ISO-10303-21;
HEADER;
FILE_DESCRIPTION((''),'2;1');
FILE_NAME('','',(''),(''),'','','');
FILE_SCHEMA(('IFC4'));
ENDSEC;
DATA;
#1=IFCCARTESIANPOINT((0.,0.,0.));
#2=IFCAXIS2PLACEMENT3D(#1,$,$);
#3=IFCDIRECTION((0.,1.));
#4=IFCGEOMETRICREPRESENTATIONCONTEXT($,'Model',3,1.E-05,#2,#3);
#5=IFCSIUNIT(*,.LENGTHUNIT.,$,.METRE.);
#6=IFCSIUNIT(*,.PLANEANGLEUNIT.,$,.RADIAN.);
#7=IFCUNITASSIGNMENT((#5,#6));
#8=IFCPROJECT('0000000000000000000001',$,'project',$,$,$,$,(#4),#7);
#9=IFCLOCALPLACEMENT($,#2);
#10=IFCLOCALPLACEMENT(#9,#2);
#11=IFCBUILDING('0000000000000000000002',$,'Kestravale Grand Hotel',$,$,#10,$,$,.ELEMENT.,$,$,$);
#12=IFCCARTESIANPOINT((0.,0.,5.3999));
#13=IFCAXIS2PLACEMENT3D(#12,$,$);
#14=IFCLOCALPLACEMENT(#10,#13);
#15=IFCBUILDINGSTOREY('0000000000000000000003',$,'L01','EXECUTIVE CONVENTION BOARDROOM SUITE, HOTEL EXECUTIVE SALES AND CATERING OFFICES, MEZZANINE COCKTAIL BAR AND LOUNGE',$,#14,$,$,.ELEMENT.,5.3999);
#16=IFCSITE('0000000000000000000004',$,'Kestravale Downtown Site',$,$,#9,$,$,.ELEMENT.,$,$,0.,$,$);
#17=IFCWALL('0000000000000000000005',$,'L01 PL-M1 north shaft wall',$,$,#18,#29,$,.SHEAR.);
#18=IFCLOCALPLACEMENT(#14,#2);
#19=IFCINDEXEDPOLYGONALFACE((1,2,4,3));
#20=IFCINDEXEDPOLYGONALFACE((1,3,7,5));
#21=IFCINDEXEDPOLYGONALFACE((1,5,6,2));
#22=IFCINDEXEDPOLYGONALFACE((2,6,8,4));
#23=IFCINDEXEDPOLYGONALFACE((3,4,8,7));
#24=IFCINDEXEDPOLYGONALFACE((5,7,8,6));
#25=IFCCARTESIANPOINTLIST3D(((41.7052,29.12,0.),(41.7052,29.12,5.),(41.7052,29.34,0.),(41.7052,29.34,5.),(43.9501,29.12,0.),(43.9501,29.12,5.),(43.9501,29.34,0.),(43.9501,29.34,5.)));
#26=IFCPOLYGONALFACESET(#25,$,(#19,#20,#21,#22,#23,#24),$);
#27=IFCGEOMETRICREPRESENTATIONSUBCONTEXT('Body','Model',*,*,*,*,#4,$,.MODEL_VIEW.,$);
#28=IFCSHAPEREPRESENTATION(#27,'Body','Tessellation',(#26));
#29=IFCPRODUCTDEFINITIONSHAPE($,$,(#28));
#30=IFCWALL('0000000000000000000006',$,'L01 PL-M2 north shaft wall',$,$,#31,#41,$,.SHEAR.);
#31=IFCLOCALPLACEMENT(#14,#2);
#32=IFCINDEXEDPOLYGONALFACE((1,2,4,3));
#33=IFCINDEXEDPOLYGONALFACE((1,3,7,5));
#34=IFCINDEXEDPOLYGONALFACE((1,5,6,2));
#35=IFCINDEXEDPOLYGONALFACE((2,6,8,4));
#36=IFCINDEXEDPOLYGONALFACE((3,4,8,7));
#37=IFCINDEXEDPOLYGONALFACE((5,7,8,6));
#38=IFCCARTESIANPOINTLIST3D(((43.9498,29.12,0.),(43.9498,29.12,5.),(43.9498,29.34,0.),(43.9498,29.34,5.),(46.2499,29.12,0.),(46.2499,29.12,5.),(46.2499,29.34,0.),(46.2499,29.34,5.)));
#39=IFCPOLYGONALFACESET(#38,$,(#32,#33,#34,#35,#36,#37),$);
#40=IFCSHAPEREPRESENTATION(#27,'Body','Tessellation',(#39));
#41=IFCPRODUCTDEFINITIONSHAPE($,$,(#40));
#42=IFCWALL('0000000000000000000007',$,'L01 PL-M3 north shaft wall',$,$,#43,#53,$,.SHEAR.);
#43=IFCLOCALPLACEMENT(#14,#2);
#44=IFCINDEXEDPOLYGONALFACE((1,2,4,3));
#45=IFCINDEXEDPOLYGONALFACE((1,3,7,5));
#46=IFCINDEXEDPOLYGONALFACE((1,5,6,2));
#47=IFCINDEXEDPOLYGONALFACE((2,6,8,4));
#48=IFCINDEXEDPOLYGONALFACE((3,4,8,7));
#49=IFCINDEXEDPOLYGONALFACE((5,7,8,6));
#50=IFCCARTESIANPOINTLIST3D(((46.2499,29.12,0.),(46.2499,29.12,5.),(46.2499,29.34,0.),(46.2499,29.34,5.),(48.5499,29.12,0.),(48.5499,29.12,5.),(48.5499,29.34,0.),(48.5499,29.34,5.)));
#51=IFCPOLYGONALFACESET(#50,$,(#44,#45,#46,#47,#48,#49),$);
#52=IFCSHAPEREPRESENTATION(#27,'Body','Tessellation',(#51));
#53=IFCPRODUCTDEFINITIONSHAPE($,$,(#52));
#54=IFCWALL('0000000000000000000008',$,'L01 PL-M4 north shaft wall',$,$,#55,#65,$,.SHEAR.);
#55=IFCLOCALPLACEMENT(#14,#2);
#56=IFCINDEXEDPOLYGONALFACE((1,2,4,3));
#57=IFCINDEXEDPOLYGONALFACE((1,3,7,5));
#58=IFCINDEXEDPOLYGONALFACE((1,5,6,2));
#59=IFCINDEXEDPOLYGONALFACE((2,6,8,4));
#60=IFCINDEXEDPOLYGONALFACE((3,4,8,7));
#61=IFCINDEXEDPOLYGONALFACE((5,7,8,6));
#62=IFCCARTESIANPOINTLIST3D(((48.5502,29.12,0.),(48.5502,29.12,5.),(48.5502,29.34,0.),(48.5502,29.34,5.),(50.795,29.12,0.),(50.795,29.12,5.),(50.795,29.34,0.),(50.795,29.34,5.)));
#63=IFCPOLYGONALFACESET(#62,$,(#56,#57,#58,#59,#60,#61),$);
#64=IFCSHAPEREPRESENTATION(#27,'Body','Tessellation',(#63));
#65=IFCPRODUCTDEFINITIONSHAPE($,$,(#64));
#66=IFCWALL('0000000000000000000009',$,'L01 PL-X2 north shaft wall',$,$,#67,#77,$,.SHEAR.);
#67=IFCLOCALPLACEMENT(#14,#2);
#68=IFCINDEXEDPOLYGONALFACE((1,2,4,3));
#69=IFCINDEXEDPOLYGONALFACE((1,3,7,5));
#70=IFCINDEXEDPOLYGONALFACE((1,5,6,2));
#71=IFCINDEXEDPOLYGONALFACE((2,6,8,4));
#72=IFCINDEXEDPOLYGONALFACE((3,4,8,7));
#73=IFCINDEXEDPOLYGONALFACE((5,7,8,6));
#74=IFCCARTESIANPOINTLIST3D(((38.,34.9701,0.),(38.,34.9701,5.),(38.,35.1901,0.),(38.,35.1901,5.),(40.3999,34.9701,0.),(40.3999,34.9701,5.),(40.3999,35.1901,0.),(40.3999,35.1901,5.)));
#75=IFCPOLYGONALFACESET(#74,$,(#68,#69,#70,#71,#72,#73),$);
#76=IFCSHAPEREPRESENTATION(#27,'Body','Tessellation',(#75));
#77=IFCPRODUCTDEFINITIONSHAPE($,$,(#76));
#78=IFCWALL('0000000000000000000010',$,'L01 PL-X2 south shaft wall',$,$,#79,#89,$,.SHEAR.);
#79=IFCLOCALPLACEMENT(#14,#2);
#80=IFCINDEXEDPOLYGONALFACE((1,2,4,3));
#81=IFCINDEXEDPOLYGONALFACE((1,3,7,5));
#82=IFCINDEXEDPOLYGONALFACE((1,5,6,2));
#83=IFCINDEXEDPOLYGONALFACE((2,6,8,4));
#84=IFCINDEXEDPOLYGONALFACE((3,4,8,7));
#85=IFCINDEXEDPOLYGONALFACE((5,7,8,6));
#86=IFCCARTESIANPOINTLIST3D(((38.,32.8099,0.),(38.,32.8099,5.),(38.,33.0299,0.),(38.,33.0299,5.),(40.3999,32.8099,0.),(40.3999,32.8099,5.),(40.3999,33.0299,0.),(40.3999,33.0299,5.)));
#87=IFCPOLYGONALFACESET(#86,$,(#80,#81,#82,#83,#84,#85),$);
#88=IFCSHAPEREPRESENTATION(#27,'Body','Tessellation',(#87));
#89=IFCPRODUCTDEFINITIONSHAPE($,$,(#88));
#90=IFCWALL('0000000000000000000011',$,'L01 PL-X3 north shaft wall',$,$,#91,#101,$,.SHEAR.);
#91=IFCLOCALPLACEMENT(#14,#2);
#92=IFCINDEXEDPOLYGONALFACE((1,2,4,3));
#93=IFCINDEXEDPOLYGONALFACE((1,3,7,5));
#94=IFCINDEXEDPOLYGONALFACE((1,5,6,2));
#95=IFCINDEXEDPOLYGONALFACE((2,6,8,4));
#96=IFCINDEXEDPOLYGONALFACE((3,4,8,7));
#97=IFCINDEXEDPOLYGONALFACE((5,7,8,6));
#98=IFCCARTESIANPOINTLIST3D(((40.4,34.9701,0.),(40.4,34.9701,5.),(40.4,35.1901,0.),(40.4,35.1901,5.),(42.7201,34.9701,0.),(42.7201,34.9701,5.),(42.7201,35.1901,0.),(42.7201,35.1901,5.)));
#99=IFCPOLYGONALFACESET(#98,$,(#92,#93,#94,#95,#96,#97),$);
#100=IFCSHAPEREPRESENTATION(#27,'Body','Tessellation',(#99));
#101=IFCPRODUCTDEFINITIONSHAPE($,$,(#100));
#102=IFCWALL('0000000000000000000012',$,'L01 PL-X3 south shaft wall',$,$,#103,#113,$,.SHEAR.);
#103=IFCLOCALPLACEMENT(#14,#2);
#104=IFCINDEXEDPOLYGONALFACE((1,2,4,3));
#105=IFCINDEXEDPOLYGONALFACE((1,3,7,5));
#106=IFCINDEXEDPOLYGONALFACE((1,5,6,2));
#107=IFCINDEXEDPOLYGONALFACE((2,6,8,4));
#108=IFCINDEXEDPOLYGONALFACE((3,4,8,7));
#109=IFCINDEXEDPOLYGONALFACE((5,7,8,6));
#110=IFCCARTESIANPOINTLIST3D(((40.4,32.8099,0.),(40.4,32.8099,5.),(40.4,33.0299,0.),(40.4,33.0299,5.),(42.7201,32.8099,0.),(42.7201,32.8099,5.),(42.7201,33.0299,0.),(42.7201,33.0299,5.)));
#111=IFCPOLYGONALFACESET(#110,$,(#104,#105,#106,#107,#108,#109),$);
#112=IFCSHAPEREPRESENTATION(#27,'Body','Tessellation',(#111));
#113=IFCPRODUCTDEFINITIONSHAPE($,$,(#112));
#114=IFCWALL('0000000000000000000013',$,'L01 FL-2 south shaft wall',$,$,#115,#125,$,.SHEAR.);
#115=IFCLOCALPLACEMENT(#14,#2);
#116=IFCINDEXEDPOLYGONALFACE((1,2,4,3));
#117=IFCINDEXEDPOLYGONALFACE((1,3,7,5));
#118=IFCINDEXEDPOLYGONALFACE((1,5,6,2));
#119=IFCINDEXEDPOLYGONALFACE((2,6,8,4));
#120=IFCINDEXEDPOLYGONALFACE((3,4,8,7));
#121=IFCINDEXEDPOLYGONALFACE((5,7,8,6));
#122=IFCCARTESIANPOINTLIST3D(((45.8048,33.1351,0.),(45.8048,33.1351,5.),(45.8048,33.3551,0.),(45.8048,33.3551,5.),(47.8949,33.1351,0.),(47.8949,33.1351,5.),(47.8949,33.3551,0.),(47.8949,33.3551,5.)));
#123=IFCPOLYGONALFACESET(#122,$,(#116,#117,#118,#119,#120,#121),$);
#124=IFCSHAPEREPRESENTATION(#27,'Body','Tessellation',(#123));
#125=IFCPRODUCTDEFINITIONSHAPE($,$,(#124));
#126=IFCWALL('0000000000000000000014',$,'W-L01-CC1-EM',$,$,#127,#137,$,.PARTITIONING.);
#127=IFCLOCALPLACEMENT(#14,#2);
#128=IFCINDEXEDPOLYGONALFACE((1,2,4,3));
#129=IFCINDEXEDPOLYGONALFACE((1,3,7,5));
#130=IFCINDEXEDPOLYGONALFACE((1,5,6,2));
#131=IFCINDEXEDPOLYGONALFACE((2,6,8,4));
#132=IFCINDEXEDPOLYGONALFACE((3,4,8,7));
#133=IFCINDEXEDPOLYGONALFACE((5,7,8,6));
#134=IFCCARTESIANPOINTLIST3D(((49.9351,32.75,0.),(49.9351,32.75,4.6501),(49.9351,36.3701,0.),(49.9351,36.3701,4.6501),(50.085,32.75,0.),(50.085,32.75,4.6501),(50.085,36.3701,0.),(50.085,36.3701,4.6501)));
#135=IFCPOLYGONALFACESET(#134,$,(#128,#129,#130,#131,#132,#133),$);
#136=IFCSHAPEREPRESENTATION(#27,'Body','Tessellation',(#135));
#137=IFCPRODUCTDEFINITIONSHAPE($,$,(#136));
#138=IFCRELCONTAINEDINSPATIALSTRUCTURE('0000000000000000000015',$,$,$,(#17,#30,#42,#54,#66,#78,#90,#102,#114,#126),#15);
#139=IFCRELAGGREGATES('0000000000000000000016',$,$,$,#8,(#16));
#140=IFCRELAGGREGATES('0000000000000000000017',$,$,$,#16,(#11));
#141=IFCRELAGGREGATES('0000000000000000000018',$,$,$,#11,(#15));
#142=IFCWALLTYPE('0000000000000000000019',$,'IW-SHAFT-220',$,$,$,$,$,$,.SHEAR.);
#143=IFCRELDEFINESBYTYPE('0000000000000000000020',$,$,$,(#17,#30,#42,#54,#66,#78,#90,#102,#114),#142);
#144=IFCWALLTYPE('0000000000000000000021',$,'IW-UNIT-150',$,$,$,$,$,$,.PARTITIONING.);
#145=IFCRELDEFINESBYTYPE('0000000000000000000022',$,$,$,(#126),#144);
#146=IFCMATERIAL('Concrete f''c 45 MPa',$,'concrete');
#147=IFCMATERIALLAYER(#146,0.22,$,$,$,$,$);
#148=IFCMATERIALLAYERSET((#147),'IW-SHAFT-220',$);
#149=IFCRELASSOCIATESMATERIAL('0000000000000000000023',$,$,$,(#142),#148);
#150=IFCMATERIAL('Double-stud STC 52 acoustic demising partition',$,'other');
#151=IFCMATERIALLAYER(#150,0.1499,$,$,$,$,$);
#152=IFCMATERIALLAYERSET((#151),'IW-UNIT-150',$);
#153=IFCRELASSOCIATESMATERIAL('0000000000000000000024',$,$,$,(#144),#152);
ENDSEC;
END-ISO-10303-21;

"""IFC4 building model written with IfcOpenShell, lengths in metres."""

from ifc_helpers import new_model, si_unit, direction, frame, frame_2d, origin, place, context, subcontext, project, spatial, rectangle, extrude, material, layer, layer_set, type_object, element, save


model = new_model("IFC4")

# Units and contexts
model_context = context("Model", 3, precision=1e-05, world=origin(), true_north=direction((0.0, 1.0)))
body_context = subcontext(model_context, "Body", "Model", "MODEL_VIEW")
ifc_project = project(units=[si_unit("LENGTHUNIT", "METRE"), si_unit("PLANEANGLEUNIT", "RADIAN")], contexts=[model_context])

# Site, building, storey
site_placement = place(None, origin())
site = spatial("IfcSite", under=ifc_project, at=site_placement, Name="Kestravale Downtown Site", CompositionType="ELEMENT", RefElevation=0.0)
building_placement = place(site_placement, origin())
building = spatial("IfcBuilding", under=site, at=building_placement, Name="Kestravale Grand Hotel", CompositionType="ELEMENT")
storey_placement = place(building_placement, frame((0.0, 0.0, 5.3999)))
storey = spatial("IfcBuildingStorey", under=building, at=storey_placement, Name="L01", Description="EXECUTIVE CONVENTION BOARDROOM SUITE, HOTEL EXECUTIVE SALES AND CATERING OFFICES, MEZZANINE COCKTAIL BAR AND LOUNGE", CompositionType="ELEMENT", Elevation=5.3999)

# Walls
ifc_material_1 = material(Name="Concrete f'c 45 MPa", Category="concrete")
ifc_layer_1 = layer(ifc_material_1, 0.22)
ifc_layer_set_1 = layer_set([ifc_layer_1], Name="IW-SHAFT-220")
wall_type_1 = type_object("IfcWallType", Name="IW-SHAFT-220", PredefinedType="SHEAR", material=ifc_layer_set_1)
wall_1_placement = place(storey_placement, frame((41.7051, 29.23, 0.0), z_axis=(0.0, 0.0, 1.0), x_axis=(1.0, 0.0, 0.0)))
element("IfcWall", 1, at=wall_1_placement, inside=storey, type_object=wall_type_1, Name="L01 PL-M1 north shaft wall", PredefinedType="SHEAR", context=body_context, shape_type="SweptSolid", body=[
    extrude(rectangle(XDim=2.2449, YDim=0.22, at=frame_2d((1.1226, 0.0))), origin(), (0.0, 0.0, 1.0), 5.0),
])
for number, where, z_axis, x_axis, name in (
    (2, (43.95, 29.23, 0.0), (0.0, 0.0, 1.0), (1.0, 0.0, 0.0), "L01 PL-M2 north shaft wall"),
    (3, (46.25, 29.23, 0.0), (0.0, 0.0, 1.0), (1.0, 0.0, 0.0), "L01 PL-M3 north shaft wall"),
):
    element("IfcWall", number, at=place(storey_placement, frame(where, z_axis=z_axis, x_axis=x_axis)), inside=storey, type_object=wall_type_1, Name=name, PredefinedType="SHEAR", context=body_context, shape_type="SweptSolid", body=[
        extrude(rectangle(XDim=2.3, YDim=0.22, at=frame_2d((1.1499, 0.0))), origin(), (0.0, 0.0, 1.0), 5.0),
    ])
wall_2_placement = place(storey_placement, frame((48.55, 29.23, 0.0), z_axis=(0.0, 0.0, 1.0), x_axis=(1.0, 0.0, 0.0)))
element("IfcWall", 4, at=wall_2_placement, inside=storey, type_object=wall_type_1, Name="L01 PL-M4 north shaft wall", PredefinedType="SHEAR", context=body_context, shape_type="SweptSolid", body=[
    extrude(rectangle(XDim=2.2449, YDim=0.22, at=frame_2d((1.1226, 0.0))), origin(), (0.0, 0.0, 1.0), 5.0),
])
for number, where, z_axis, x_axis, name in (
    (5, (38.0, 35.0801, 0.0), (0.0, 0.0, 1.0), (1.0, 0.0, 0.0), "L01 PL-X2 north shaft wall"),
    (6, (38.0, 32.9199, 0.0), (0.0, 0.0, 1.0), (1.0, 0.0, 0.0), "L01 PL-X2 south shaft wall"),
):
    element("IfcWall", number, at=place(storey_placement, frame(where, z_axis=z_axis, x_axis=x_axis)), inside=storey, type_object=wall_type_1, Name=name, PredefinedType="SHEAR", context=body_context, shape_type="SweptSolid", body=[
        extrude(rectangle(XDim=2.3999, YDim=0.22, at=frame_2d((1.2, 0.0))), origin(), (0.0, 0.0, 1.0), 5.0),
    ])
for number, where, z_axis, x_axis, name in (
    (7, (40.3999, 35.0801, 0.0), (0.0, 0.0, 1.0), (1.0, 0.0, 0.0), "L01 PL-X3 north shaft wall"),
    (8, (40.3999, 32.9199, 0.0), (0.0, 0.0, 1.0), (1.0, 0.0, 0.0), "L01 PL-X3 south shaft wall"),
):
    element("IfcWall", number, at=place(storey_placement, frame(where, z_axis=z_axis, x_axis=x_axis)), inside=storey, type_object=wall_type_1, Name=name, PredefinedType="SHEAR", context=body_context, shape_type="SweptSolid", body=[
        extrude(rectangle(XDim=2.3201, YDim=0.22, at=frame_2d((1.1602, 0.0))), origin(), (0.0, 0.0, 1.0), 5.0),
    ])

# Walls
wall_3_placement = place(storey_placement, frame((45.8049, 33.2451, 0.0), z_axis=(0.0, 0.0, 1.0), x_axis=(1.0, 0.0, 0.0)))
element("IfcWall", 9, at=wall_3_placement, inside=storey, type_object=wall_type_1, Name="L01 FL-2 south shaft wall", PredefinedType="SHEAR", context=body_context, shape_type="SweptSolid", body=[
    extrude(rectangle(XDim=2.0901, YDim=0.22, at=frame_2d((1.0449, 0.0))), origin(), (0.0, 0.0, 1.0), 5.0),
])
ifc_material_2 = material(Name="Double-stud STC 52 acoustic demising partition", Category="other")
ifc_layer_2 = layer(ifc_material_2, 0.1499)
ifc_layer_set_2 = layer_set([ifc_layer_2], Name="IW-UNIT-150")
wall_type_2 = type_object("IfcWallType", Name="IW-UNIT-150", PredefinedType="PARTITIONING", material=ifc_layer_set_2)
wall_4_placement = place(storey_placement, frame((50.01, 32.75, 0.0), z_axis=(0.0, 0.0, 1.0), x_axis=(0.0, 1.0, 0.0)))
element("IfcWall", 10, at=wall_4_placement, inside=storey, type_object=wall_type_2, Name="W-L01-CC1-EM", PredefinedType="PARTITIONING", context=body_context, shape_type="SweptSolid", body=[
    extrude(rectangle(XDim=3.6201, YDim=0.1499, at=frame_2d((1.8101, 0.0))), origin(), (0.0, 0.0, 1.0), 4.6501),
])

save(model, "model.ifc")
